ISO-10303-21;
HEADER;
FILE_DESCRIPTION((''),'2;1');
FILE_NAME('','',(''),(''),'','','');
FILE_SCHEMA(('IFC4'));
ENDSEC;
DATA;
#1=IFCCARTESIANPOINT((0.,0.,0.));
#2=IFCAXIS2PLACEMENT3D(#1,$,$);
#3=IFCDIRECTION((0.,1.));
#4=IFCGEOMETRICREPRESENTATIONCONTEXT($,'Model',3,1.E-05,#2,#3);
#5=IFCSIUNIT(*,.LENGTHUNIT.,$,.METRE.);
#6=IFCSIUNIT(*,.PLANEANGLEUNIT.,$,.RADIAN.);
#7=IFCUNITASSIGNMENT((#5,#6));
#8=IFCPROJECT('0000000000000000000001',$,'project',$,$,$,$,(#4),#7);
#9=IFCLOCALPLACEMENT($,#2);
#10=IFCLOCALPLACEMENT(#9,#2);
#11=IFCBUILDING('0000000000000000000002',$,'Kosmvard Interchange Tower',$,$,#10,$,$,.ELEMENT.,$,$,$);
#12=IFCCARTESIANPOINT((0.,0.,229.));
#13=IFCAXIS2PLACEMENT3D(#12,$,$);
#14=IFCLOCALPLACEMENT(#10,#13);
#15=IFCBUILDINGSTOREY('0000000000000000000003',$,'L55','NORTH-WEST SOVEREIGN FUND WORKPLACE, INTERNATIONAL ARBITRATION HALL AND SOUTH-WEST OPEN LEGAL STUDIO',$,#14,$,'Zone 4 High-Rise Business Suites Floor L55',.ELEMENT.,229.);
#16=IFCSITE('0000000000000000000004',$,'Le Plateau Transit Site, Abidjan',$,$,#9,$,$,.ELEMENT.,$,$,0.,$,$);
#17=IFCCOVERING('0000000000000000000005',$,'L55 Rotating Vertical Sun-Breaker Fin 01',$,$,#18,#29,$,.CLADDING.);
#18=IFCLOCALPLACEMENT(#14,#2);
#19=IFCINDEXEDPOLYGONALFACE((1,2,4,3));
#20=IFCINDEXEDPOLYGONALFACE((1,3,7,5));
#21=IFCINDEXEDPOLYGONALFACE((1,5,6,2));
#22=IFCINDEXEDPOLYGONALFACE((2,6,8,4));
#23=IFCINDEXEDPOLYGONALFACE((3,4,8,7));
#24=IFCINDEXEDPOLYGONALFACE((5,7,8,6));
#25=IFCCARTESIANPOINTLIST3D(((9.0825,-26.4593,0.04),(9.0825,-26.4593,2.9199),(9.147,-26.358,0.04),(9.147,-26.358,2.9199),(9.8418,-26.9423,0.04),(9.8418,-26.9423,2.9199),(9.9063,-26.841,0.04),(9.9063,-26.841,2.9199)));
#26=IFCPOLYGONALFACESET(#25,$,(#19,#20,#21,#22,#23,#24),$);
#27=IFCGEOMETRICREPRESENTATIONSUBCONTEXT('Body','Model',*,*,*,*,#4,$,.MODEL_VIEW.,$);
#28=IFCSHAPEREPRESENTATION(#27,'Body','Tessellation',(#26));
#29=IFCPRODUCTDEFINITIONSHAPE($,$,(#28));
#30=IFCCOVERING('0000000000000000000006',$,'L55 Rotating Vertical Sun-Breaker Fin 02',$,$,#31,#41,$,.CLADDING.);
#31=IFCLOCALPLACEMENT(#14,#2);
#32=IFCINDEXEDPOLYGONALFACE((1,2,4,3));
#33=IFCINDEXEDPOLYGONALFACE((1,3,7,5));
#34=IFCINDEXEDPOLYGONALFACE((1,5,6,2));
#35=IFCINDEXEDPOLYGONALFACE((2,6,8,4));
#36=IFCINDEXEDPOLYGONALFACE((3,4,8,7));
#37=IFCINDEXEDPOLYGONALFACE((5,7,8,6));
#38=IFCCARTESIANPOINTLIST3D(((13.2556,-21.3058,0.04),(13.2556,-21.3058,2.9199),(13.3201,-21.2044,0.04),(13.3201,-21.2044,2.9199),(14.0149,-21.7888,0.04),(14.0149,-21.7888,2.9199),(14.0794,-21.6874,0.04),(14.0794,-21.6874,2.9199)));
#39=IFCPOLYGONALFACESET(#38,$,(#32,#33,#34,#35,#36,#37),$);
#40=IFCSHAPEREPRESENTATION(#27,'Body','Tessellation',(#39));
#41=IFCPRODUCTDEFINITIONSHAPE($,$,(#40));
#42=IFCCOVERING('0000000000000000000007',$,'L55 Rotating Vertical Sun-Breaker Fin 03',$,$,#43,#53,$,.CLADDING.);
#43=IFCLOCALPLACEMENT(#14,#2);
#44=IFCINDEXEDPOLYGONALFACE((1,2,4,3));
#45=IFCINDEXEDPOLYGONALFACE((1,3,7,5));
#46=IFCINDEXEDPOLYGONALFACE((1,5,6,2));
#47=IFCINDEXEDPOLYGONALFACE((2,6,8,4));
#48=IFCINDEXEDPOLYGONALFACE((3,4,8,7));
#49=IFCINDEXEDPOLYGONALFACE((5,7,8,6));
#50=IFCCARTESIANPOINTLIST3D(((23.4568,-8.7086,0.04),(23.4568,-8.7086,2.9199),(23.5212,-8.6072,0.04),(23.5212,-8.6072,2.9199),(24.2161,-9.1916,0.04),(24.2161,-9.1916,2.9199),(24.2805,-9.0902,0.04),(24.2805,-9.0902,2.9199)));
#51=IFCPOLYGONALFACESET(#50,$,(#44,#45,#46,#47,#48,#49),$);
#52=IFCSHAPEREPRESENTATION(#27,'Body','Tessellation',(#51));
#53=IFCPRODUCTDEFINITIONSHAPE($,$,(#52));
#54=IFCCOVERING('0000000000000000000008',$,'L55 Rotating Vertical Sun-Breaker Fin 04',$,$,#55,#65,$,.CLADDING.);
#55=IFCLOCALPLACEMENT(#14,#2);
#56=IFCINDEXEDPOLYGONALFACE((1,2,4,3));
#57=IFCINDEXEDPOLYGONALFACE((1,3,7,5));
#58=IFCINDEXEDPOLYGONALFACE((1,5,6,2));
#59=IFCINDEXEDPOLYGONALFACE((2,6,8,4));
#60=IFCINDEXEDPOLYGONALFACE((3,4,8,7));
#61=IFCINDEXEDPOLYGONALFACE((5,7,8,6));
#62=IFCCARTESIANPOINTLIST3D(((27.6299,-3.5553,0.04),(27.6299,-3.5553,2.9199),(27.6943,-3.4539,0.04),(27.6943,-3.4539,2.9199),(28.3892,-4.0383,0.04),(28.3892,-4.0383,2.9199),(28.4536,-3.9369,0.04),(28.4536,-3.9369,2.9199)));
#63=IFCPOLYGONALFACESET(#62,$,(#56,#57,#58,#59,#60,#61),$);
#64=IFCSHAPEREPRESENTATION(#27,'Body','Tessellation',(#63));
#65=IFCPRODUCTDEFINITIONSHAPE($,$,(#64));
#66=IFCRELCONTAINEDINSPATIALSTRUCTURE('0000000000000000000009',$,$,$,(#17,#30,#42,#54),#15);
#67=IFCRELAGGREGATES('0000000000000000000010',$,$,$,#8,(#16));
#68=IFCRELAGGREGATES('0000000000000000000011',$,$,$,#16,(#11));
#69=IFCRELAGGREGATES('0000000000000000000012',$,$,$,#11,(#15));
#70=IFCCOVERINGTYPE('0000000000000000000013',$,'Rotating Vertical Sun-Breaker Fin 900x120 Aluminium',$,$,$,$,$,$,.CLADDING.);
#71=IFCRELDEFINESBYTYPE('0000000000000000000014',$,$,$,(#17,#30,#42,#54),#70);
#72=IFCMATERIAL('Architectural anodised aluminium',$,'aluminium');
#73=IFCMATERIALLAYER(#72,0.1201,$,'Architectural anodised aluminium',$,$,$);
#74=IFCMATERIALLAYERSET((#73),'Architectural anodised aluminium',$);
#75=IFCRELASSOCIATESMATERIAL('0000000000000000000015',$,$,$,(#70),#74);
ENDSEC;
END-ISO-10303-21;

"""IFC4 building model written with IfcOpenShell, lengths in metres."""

from ifc_helpers import new_model, si_unit, direction, frame, origin, origin_2d, place, context, subcontext, project, spatial, rectangle, extrude, source, transform, mapped, material, layer, layer_set, type_object, element, save


model = new_model("IFC4")

# Units and contexts
model_context = context("Model", 3, precision=1e-05, world=origin(), true_north=direction((0.0, 1.0)))
body_context = subcontext(model_context, "Body", "Model", "MODEL_VIEW")
ifc_project = project(units=[si_unit("LENGTHUNIT", "METRE"), si_unit("PLANEANGLEUNIT", "RADIAN")], contexts=[model_context])

# Site, building, storey
site_placement = place(None, origin())
site = spatial("IfcSite", under=ifc_project, at=site_placement, Name="Le Plateau Transit Site, Abidjan", CompositionType="ELEMENT", RefElevation=0.0)
building_placement = place(site_placement, origin())
building = spatial("IfcBuilding", under=site, at=building_placement, Name="Kosmvard Interchange Tower", CompositionType="ELEMENT")
storey_placement = place(building_placement, frame((0.0, 0.0, 229.0)))
storey = spatial("IfcBuildingStorey", under=building, at=storey_placement, Name="L55", Description="NORTH-WEST SOVEREIGN FUND WORKPLACE, INTERNATIONAL ARBITRATION HALL AND SOUTH-WEST OPEN LEGAL STUDIO", LongName="Zone 4 High-Rise Business Suites Floor L55", CompositionType="ELEMENT", Elevation=229.0)

# Coverings
ifc_material_1 = material(Name="Architectural anodised aluminium", Category="aluminium")
ifc_layer_1 = layer(ifc_material_1, 0.1201, Name="Architectural anodised aluminium")
ifc_layer_set_1 = layer_set([ifc_layer_1], Name="Architectural anodised aluminium")
covering_type = type_object("IfcCoveringType", Name="Rotating Vertical Sun-Breaker Fin 900x120 Aluminium", PredefinedType="CLADDING", material=ifc_layer_set_1)
shared_shape_1 = source(origin(), body_context, "Body", "SweptSolid", [
    extrude(rectangle(XDim=0.8999, YDim=0.1201, at=origin_2d()), origin(), (0.0, 0.0, 1.0), 2.8799),
])
for number, where, z_axis, x_axis, name in (
    (1, (9.4944, -26.6501, 0.04), (0.0, 0.0, 1.0), (0.843766, -0.536711, 0.0), "L55 Rotating Vertical Sun-Breaker Fin 01"),
    (2, (13.6675, -21.4966, 0.04), (0.0, 0.0, 1.0), (0.843766, -0.536711, 0.0), "L55 Rotating Vertical Sun-Breaker Fin 02"),
    (3, (23.8687, -8.8994, 0.04), (0.0, 0.0, 1.0), (0.843766, -0.536711, 0.0), "L55 Rotating Vertical Sun-Breaker Fin 03"),
    (4, (28.0417, -3.7461, 0.04), (0.0, 0.0, 1.0), (0.843766, -0.536711, 0.0), "L55 Rotating Vertical Sun-Breaker Fin 04"),
):
    element("IfcCovering", number, at=place(storey_placement, frame(where, z_axis=z_axis, x_axis=x_axis)), inside=storey, type_object=covering_type, Name=name, PredefinedType="CLADDING", context=body_context, shape_type="MappedRepresentation", body=[
        mapped(shared_shape_1, transform((0.0, 0.0, 0.0), scale=1.0)),
    ])

save(model, "model.ifc")
